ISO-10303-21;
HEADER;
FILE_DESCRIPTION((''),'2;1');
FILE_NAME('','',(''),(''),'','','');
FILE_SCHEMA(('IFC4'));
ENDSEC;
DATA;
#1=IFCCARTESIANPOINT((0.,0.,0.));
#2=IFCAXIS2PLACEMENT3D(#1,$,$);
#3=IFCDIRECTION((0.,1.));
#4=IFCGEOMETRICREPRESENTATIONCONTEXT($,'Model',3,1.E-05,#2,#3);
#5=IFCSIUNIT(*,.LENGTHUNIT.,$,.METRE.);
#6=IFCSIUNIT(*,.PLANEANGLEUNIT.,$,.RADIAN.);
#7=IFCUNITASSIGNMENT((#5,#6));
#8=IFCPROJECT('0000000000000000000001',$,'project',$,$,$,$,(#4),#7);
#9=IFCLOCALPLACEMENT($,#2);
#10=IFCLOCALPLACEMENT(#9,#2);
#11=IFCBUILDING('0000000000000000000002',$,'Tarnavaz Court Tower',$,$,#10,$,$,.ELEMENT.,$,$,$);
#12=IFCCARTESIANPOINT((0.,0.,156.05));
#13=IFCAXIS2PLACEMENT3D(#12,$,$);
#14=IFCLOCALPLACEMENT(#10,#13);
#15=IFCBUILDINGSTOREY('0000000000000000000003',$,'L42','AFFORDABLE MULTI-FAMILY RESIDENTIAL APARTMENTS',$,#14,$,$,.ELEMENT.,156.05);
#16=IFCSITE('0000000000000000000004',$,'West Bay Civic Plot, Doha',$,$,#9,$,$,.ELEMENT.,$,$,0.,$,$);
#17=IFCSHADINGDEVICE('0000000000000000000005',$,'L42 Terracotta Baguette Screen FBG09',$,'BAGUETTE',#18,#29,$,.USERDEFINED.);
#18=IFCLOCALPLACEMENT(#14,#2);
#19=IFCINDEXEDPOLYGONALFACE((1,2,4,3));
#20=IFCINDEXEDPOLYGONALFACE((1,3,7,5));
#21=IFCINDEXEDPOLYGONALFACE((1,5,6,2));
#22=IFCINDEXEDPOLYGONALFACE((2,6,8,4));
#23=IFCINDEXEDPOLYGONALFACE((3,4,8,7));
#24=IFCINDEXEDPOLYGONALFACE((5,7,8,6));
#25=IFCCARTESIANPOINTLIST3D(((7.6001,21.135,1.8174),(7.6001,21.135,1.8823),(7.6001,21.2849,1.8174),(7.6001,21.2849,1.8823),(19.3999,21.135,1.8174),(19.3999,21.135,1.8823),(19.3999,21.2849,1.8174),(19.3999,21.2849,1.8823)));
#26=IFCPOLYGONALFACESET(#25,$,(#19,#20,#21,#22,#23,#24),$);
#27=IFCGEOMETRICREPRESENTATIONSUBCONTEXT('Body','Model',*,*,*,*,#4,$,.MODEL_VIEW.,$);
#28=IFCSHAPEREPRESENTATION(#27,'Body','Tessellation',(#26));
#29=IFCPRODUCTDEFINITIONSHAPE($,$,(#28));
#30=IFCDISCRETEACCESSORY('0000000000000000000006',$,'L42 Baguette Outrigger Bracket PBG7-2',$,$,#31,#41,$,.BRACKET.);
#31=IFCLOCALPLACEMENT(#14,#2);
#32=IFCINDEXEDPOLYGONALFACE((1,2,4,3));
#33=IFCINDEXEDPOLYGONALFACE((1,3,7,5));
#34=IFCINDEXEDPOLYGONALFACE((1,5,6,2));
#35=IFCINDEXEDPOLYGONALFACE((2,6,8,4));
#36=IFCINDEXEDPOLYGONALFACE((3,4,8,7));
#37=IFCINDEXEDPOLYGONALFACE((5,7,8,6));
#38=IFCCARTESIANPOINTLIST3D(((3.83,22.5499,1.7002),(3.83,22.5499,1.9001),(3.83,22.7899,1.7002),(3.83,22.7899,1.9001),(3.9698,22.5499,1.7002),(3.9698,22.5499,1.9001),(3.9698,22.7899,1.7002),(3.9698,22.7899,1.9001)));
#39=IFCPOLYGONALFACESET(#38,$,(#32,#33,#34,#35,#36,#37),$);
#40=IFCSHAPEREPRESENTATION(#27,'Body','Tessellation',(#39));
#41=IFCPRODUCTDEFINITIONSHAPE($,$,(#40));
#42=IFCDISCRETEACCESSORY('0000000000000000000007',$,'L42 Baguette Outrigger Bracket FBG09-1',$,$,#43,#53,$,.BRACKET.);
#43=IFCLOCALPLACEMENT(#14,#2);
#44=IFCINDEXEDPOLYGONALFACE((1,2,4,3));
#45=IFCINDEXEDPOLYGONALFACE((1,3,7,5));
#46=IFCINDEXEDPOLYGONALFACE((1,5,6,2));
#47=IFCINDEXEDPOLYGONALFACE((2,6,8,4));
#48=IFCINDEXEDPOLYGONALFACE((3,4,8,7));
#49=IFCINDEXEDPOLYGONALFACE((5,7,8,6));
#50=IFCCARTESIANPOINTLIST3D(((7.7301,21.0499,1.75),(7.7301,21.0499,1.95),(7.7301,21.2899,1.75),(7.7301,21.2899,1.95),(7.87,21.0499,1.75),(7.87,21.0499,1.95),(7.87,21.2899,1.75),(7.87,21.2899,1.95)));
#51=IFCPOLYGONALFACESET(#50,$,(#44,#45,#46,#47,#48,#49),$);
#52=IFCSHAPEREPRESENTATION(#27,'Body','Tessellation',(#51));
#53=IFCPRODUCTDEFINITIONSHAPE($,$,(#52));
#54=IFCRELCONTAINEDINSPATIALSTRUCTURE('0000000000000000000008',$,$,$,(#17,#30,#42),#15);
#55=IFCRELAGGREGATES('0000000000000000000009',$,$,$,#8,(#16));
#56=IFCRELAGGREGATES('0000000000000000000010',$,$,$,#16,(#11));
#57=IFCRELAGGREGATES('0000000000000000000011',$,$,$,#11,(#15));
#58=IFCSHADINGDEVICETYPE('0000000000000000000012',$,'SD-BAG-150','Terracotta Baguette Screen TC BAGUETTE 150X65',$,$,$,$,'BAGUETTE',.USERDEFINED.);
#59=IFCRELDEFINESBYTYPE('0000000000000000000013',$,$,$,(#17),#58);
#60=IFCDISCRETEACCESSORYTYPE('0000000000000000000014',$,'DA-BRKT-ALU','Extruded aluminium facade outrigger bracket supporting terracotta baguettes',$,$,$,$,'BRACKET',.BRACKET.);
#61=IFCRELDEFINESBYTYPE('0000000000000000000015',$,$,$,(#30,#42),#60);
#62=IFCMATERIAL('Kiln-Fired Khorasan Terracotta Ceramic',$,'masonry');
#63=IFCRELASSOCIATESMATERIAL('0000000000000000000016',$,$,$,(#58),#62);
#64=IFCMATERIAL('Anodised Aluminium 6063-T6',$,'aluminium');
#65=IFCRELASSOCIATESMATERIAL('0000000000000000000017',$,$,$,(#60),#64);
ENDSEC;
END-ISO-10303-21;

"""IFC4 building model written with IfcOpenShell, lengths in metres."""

from ifc_helpers import new_model, si_unit, direction, frame, origin, origin_2d, place, context, subcontext, project, spatial, rectangle, extrude, material, material_profile, profile_set, type_object, element, save


model = new_model("IFC4")

# Units and contexts
model_context = context("Model", 3, precision=1e-05, world=origin(), true_north=direction((0.0, 1.0)))
body_context = subcontext(model_context, "Body", "Model", "MODEL_VIEW")
ifc_project = project(units=[si_unit("LENGTHUNIT", "METRE"), si_unit("PLANEANGLEUNIT", "RADIAN")], contexts=[model_context])

# Site, building, storey
site_placement = place(None, origin())
site = spatial("IfcSite", under=ifc_project, at=site_placement, Name="West Bay Civic Plot, Doha", CompositionType="ELEMENT", RefElevation=0.0)
building_placement = place(site_placement, origin())
building = spatial("IfcBuilding", under=site, at=building_placement, Name="Tarnavaz Court Tower", CompositionType="ELEMENT")
storey_placement = place(building_placement, frame((0.0, 0.0, 156.05)))
storey = spatial("IfcBuildingStorey", under=building, at=storey_placement, Name="L42", Description="AFFORDABLE MULTI-FAMILY RESIDENTIAL APARTMENTS", CompositionType="ELEMENT", Elevation=156.05)

# Shared definitions
ifc_material_1 = material(Name="Anodised Aluminium 6063-T6", Category="aluminium")

# Shading device
ifc_material_2 = material(Name="Kiln-Fired Khorasan Terracotta Ceramic", Category="masonry")
ifc_material_profile_1 = material_profile(ifc_material_2, rectangle(XDim=0.1499, YDim=0.0649, at=origin_2d()), Name="TC BAGUETTE 150X65")
ifc_profile_set_1 = profile_set([ifc_material_profile_1], Name="Kiln-Fired Khorasan Terracotta Ceramic")
shading_device_type = type_object("IfcShadingDeviceType", Name="SD-BAG-150", Description="Terracotta Baguette Screen TC BAGUETTE 150X65", ElementType="BAGUETTE", PredefinedType="USERDEFINED", material=ifc_profile_set_1)
shading_device_placement = place(storey_placement, frame((7.6001, 21.21, 1.8499), z_axis=(1.0, 0.0, 0.0), x_axis=(0.0, 1.0, 0.0)))
element("IfcShadingDevice", 1, at=shading_device_placement, inside=storey, type_object=shading_device_type, Name="L42 Terracotta Baguette Screen FBG09", ObjectType="BAGUETTE", PredefinedType="USERDEFINED", context=body_context, shape_type="SweptSolid", body=[
    extrude(rectangle(XDim=0.1499, YDim=0.0649, at=origin_2d()), origin(), (0.0, 0.0, 1.0), 11.7998),
])

# Discrete accessories
discrete_accessory_type = type_object("IfcDiscreteAccessoryType", Name="DA-BRKT-ALU", Description="Extruded aluminium facade outrigger bracket supporting terracotta baguettes", ElementType="BRACKET", PredefinedType="BRACKET", material=ifc_material_1)
for number, where, z_axis, x_axis, name in (
    (2, (3.8999, 22.6699, 1.7002), (0.0, 0.0, 1.0), (1.0, 0.0, 0.0), "L42 Baguette Outrigger Bracket PBG7-2"),
    (3, (7.8, 21.1699, 1.75), (0.0, 0.0, 1.0), (1.0, 0.0, 0.0), "L42 Baguette Outrigger Bracket FBG09-1"),
):
    element("IfcDiscreteAccessory", number, at=place(storey_placement, frame(where, z_axis=z_axis, x_axis=x_axis)), inside=storey, type_object=discrete_accessory_type, Name=name, PredefinedType="BRACKET", context=body_context, shape_type="SweptSolid", body=[
        extrude(rectangle(XDim=0.1399, YDim=0.24, at=origin_2d()), origin(), (0.0, 0.0, 1.0), 0.2),
    ])

save(model, "model.ifc")
